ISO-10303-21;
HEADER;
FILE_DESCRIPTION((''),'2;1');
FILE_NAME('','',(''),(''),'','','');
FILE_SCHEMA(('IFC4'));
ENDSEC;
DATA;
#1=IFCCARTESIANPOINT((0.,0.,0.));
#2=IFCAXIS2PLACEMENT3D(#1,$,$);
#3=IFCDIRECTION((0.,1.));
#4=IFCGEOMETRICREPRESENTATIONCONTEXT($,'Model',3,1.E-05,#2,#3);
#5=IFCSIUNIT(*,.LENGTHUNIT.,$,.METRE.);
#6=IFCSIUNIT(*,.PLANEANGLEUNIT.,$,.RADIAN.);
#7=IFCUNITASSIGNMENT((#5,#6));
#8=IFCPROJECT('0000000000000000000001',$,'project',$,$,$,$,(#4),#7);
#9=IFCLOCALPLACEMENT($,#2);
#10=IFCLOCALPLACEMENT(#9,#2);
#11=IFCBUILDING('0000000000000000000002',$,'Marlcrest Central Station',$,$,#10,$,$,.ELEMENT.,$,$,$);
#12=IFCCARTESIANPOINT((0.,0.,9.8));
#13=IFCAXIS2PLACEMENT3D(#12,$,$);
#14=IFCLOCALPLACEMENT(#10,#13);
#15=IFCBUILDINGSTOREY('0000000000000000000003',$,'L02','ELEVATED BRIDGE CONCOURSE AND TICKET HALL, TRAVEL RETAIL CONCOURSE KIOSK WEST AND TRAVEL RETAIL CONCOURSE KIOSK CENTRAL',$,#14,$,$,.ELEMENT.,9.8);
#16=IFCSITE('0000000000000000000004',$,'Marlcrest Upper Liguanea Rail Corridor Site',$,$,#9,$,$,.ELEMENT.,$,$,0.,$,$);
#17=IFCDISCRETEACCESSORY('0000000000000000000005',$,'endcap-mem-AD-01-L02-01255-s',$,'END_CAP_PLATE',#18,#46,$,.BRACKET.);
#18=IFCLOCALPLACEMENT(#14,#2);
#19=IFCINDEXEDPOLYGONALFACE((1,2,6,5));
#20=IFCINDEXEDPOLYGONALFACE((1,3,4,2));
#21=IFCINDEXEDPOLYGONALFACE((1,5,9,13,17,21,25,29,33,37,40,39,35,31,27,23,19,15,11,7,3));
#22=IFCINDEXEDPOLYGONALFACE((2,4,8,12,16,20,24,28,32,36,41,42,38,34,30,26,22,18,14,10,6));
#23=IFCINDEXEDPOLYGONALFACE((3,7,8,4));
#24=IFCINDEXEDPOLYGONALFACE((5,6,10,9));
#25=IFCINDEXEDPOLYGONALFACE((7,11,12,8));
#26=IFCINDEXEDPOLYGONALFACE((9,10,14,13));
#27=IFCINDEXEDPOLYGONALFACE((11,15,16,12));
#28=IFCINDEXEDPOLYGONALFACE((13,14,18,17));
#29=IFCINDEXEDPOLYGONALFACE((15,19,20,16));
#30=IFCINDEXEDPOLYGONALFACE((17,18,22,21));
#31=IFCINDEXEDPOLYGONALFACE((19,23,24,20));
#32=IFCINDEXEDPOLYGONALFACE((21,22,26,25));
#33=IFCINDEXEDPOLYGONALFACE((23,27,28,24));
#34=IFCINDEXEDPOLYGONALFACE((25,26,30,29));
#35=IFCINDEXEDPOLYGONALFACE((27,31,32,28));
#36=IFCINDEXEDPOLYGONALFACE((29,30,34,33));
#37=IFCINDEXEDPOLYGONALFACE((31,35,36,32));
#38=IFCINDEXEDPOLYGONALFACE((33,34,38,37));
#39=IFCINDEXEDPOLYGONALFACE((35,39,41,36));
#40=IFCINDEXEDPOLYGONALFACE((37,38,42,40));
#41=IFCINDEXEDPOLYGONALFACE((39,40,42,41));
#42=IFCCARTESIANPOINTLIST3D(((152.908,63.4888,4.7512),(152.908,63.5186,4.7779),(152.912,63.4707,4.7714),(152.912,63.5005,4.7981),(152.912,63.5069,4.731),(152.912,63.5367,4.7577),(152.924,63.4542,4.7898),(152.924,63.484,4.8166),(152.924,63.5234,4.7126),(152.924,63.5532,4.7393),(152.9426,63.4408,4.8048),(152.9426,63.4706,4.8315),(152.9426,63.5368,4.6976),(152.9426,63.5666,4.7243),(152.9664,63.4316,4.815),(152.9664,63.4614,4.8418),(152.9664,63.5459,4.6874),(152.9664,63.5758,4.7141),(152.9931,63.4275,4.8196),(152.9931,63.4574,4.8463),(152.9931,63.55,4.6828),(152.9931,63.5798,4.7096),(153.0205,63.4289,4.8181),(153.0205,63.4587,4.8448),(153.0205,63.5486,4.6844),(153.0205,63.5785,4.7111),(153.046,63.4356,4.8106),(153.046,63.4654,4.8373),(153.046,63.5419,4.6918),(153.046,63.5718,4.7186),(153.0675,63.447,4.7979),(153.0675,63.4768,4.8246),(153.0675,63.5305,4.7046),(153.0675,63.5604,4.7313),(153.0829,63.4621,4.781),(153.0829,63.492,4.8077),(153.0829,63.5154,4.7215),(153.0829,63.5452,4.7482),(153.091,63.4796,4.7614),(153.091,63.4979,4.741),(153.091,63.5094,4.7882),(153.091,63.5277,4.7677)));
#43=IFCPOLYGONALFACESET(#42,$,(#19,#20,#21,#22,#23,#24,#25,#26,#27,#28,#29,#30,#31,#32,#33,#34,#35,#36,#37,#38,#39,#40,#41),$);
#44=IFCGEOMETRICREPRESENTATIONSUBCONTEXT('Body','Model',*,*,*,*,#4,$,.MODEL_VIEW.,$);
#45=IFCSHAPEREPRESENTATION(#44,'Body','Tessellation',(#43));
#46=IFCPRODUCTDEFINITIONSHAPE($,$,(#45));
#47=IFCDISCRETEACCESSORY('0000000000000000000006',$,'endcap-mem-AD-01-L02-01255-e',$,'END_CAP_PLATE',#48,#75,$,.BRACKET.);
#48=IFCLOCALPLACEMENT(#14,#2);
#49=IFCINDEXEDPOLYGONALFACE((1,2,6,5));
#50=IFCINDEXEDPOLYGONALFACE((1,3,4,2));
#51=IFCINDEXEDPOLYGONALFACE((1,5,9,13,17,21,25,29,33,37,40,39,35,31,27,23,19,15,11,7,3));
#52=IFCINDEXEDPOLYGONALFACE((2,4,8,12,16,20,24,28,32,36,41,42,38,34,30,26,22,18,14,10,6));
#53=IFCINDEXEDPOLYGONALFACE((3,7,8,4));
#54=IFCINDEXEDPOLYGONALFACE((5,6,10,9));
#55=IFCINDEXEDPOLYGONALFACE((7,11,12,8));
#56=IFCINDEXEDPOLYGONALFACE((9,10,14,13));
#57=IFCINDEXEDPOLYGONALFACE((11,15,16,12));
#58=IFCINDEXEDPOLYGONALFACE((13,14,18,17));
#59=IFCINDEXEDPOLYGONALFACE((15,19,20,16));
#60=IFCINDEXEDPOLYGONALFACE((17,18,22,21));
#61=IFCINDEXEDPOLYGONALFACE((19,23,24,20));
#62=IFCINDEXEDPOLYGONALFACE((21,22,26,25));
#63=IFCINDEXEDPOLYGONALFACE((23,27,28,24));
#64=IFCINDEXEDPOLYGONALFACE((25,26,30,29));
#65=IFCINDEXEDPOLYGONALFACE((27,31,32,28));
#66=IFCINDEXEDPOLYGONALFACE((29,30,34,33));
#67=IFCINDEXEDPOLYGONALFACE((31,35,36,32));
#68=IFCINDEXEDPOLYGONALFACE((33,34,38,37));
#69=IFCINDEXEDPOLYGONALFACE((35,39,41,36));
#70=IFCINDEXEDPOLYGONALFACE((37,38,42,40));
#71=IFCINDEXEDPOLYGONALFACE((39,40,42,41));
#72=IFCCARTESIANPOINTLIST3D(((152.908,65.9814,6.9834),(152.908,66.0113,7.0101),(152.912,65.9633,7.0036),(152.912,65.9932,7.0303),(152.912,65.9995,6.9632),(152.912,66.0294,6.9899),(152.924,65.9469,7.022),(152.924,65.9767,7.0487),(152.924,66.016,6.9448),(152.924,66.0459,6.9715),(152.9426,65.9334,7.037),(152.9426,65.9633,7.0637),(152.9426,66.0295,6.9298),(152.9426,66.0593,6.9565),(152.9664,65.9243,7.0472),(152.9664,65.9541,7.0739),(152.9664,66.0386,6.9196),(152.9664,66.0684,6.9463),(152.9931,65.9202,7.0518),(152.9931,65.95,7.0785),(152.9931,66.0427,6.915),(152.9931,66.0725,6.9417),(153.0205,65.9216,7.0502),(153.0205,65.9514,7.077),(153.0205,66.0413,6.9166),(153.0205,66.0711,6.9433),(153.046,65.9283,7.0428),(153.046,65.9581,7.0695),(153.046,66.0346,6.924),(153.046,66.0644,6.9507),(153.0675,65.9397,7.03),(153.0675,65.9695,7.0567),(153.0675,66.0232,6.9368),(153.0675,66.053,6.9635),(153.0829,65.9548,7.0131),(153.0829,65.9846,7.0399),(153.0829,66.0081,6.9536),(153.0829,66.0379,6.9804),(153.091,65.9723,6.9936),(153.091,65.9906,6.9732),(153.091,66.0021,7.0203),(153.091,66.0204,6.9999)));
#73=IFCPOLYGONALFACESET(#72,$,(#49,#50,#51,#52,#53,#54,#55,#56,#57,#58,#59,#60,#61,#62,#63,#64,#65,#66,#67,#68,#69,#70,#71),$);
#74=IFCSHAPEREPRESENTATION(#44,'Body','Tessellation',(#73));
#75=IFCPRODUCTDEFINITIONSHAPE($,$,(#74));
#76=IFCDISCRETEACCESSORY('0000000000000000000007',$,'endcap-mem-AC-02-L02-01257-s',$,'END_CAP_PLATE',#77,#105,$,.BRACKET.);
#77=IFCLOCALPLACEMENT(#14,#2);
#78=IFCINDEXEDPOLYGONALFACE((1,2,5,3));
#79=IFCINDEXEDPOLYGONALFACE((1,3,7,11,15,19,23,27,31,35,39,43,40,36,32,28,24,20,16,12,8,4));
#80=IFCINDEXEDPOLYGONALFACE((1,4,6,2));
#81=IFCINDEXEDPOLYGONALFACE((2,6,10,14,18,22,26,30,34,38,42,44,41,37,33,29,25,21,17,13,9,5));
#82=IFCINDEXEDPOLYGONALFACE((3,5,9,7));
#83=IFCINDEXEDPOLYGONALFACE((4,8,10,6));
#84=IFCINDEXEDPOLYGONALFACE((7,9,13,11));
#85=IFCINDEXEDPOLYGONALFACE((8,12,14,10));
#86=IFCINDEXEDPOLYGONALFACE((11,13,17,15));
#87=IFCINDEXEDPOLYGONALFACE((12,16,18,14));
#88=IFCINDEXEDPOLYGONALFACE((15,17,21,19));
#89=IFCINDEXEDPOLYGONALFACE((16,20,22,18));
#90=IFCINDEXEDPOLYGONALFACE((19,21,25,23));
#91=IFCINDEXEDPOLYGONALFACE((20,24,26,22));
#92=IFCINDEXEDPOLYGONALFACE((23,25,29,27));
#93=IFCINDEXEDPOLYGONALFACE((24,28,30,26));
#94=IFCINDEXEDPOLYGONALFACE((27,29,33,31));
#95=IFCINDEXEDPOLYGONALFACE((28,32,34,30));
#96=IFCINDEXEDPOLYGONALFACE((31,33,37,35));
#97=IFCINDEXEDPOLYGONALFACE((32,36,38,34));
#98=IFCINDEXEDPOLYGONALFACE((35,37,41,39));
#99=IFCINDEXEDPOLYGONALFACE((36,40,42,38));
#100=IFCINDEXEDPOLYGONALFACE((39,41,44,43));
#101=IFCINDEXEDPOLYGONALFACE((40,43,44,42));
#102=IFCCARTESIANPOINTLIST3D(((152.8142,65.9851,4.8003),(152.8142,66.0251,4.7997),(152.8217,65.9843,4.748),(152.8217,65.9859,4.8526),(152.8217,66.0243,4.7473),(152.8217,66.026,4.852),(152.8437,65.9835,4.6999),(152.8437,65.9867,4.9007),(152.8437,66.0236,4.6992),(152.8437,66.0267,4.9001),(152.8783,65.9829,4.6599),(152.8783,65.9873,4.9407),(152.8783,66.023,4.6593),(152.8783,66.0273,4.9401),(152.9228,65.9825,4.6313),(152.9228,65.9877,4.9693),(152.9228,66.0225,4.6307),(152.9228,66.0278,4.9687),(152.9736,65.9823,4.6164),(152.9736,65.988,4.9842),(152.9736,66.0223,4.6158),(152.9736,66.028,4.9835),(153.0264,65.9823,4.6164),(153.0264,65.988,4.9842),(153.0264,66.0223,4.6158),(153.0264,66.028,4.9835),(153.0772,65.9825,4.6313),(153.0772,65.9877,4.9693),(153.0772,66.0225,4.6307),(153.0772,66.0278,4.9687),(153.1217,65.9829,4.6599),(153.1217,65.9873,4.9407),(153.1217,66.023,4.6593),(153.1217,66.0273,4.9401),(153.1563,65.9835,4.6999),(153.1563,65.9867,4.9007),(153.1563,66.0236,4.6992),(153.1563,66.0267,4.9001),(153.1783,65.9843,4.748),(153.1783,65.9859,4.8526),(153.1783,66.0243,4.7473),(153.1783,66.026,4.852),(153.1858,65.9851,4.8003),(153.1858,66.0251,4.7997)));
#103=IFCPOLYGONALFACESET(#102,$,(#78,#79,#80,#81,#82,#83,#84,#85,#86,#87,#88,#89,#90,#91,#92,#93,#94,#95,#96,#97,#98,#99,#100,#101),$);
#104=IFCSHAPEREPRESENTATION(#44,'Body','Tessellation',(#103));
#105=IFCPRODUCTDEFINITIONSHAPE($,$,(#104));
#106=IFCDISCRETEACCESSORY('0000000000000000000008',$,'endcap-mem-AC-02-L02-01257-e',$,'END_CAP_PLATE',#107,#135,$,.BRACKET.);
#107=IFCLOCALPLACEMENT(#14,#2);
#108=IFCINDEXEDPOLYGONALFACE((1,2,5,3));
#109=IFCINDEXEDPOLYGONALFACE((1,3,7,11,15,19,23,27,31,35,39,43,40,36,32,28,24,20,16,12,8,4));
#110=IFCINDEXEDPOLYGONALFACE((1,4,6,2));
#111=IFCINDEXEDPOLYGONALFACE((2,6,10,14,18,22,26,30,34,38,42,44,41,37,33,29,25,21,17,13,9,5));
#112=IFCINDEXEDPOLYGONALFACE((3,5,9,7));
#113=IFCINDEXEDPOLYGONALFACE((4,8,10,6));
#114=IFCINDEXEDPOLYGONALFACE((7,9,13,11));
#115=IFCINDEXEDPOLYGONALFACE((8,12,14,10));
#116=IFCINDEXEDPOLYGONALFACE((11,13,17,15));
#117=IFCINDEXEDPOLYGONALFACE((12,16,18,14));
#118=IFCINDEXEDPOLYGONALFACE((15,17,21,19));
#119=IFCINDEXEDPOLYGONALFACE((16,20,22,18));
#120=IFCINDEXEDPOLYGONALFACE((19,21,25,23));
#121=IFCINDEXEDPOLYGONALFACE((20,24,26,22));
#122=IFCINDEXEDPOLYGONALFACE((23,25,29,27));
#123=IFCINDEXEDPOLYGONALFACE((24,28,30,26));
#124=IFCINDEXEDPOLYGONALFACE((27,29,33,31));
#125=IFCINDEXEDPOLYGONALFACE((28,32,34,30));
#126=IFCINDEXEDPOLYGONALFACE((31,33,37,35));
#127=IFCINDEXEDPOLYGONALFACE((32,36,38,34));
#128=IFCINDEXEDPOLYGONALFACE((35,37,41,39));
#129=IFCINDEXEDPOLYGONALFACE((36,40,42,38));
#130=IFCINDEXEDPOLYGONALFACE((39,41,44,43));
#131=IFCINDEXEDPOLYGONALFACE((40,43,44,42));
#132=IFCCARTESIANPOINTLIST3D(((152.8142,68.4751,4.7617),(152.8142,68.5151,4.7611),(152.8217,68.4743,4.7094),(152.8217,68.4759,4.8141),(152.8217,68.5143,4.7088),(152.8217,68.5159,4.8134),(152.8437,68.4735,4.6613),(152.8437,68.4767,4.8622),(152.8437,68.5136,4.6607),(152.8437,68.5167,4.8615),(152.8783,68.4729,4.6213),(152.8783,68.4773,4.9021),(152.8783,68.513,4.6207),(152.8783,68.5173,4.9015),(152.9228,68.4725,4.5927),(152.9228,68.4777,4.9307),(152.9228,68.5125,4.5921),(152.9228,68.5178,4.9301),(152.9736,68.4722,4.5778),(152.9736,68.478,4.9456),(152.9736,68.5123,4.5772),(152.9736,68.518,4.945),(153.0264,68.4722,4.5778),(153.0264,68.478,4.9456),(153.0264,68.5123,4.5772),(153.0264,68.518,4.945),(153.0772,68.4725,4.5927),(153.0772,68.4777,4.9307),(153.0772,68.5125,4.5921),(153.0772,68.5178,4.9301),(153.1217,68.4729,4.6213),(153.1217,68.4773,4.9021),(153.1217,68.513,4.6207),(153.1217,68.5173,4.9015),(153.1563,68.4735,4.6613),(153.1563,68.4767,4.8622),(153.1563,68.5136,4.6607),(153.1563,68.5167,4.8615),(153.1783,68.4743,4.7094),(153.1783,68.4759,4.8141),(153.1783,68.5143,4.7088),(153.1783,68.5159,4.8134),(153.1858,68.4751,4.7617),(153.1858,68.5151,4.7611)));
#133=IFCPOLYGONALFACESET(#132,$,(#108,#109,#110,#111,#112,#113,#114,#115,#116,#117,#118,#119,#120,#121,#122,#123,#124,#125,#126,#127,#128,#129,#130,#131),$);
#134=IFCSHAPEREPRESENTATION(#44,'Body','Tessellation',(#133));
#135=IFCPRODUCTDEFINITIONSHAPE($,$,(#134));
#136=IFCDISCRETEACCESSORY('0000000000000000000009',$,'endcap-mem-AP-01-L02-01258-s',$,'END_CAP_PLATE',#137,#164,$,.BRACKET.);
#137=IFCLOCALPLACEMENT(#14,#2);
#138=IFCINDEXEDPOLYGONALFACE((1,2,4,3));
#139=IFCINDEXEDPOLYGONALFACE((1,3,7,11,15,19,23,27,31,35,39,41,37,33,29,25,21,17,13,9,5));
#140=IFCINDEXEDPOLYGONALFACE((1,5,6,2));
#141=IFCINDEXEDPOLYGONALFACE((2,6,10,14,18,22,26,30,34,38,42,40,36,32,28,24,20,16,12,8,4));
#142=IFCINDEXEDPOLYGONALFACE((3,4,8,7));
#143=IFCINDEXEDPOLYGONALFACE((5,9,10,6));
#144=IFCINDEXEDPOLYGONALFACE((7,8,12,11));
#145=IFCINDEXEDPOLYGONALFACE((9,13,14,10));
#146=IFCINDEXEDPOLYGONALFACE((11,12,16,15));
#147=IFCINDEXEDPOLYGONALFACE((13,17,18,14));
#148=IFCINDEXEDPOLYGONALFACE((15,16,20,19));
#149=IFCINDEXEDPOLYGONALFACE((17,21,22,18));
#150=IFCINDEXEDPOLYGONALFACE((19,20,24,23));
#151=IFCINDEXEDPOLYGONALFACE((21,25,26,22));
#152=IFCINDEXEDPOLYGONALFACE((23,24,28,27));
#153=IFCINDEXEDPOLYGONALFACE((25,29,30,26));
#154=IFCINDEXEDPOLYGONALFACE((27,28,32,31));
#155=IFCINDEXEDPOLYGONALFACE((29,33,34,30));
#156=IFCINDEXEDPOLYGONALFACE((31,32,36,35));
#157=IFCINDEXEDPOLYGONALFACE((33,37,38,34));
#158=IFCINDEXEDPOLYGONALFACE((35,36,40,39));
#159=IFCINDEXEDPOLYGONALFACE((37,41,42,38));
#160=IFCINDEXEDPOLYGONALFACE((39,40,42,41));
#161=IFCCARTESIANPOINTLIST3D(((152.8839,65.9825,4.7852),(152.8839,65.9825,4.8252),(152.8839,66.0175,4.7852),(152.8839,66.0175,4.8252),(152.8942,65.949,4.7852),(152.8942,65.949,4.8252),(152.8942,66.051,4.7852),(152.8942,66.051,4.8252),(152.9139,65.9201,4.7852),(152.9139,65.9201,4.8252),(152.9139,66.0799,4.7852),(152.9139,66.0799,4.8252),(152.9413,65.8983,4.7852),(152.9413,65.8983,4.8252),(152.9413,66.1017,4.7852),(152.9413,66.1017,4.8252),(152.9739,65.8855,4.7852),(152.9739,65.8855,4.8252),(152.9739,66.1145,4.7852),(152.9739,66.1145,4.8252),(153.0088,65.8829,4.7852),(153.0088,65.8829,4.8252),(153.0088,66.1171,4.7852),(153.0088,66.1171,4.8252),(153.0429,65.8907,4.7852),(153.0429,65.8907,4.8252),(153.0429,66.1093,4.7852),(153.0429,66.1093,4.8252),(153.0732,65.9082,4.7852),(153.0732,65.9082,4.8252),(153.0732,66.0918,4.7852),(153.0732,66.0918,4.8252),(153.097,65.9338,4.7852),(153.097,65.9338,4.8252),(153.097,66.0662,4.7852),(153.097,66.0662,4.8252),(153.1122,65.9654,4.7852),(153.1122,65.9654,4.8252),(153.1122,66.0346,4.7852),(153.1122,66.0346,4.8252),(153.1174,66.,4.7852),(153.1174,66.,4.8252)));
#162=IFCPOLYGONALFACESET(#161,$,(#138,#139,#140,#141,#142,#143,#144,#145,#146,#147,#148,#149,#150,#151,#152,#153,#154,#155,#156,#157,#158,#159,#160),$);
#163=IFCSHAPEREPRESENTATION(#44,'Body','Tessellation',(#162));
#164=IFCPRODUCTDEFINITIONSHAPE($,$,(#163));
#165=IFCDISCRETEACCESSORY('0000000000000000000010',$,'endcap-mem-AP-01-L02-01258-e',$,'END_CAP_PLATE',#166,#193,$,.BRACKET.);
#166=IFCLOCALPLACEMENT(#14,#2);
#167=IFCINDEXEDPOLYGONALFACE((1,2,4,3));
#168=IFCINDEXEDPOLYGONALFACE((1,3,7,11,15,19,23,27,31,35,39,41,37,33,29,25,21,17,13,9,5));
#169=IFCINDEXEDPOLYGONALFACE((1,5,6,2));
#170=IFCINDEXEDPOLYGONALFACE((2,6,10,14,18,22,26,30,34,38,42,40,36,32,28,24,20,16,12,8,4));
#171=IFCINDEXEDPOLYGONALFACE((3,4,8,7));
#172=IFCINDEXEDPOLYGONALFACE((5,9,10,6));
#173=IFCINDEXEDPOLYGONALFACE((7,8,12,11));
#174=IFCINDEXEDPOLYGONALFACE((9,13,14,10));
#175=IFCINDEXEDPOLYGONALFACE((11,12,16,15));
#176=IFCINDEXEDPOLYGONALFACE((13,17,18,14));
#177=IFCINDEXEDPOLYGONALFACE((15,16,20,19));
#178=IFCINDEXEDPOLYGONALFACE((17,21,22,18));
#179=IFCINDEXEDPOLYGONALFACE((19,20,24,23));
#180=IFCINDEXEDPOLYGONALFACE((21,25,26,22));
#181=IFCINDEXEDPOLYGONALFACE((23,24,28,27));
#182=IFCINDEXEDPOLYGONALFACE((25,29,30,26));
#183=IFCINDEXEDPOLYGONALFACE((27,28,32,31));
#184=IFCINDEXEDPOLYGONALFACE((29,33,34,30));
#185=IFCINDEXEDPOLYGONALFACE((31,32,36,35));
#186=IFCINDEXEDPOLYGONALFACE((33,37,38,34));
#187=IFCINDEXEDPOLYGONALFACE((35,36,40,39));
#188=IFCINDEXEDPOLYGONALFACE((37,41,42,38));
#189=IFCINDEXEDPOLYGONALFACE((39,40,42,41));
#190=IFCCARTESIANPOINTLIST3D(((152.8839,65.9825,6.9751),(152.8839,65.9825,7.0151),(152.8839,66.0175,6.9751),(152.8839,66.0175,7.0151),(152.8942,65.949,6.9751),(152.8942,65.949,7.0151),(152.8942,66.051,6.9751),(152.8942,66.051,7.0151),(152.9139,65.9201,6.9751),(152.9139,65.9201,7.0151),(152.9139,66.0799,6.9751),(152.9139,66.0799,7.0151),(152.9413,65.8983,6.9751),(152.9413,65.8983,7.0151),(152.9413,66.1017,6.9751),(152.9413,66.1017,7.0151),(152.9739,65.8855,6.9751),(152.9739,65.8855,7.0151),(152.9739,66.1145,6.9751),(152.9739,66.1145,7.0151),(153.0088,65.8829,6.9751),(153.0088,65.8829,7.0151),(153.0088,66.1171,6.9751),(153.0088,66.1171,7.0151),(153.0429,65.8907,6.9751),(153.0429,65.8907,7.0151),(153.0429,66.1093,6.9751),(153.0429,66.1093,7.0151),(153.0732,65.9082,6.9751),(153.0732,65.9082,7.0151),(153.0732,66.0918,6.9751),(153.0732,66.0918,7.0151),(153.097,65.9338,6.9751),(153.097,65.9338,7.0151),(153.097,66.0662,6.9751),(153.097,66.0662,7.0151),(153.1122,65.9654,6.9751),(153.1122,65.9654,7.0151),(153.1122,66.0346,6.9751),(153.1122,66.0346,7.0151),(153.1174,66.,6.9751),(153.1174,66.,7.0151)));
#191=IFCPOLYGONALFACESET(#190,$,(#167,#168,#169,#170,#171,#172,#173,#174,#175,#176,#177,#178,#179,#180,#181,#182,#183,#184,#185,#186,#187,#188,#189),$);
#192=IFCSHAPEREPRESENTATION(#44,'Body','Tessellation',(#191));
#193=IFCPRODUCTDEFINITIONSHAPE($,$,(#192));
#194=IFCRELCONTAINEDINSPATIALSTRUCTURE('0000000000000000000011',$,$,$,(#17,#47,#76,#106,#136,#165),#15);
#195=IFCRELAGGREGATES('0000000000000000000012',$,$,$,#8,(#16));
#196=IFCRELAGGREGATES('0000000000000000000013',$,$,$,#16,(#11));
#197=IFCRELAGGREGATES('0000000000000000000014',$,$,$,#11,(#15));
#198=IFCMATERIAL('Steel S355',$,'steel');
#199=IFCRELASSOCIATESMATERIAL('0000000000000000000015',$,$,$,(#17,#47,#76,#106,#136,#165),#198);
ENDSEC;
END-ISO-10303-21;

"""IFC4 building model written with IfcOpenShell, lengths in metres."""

from ifc_helpers import new_model, si_unit, direction, frame, origin, origin_2d, place, context, subcontext, project, spatial, circle, extrude, material, element, save


model = new_model("IFC4")

# Units and contexts
model_context = context("Model", 3, precision=1e-05, world=origin(), true_north=direction((0.0, 1.0)))
body_context = subcontext(model_context, "Body", "Model", "MODEL_VIEW")
ifc_project = project(units=[si_unit("LENGTHUNIT", "METRE"), si_unit("PLANEANGLEUNIT", "RADIAN")], contexts=[model_context])

# Site, building, storey
site_placement = place(None, origin())
site = spatial("IfcSite", under=ifc_project, at=site_placement, Name="Marlcrest Upper Liguanea Rail Corridor Site", CompositionType="ELEMENT", RefElevation=0.0)
building_placement = place(site_placement, origin())
building = spatial("IfcBuilding", under=site, at=building_placement, Name="Marlcrest Central Station", CompositionType="ELEMENT")
storey_placement = place(building_placement, frame((0.0, 0.0, 9.8)))
storey = spatial("IfcBuildingStorey", under=building, at=storey_placement, Name="L02", Description="ELEVATED BRIDGE CONCOURSE AND TICKET HALL, TRAVEL RETAIL CONCOURSE KIOSK WEST AND TRAVEL RETAIL CONCOURSE KIOSK CENTRAL", CompositionType="ELEMENT", Elevation=9.8)

# Shared definitions
ifc_material = material(Name="Steel S355", Category="steel")

# Discrete accessories
for number, where, z_axis, x_axis, name in (
    (1, (153.0, 63.4888, 4.7512), (0.0, 0.744956, 0.667114), (-1.0, 0.0, 0.0), "endcap-mem-AD-01-L02-01255-s"),
    (2, (153.0, 65.9814, 6.9834), (0.0, 0.744956, 0.667114), (-1.0, 0.0, 0.0), "endcap-mem-AD-01-L02-01255-e"),
):
    element("IfcDiscreteAccessory", number, at=place(storey_placement, frame(where, z_axis=z_axis, x_axis=x_axis)), inside=storey, material=ifc_material, Name=name, ObjectType="END_CAP_PLATE", PredefinedType="BRACKET", context=body_context, shape_type="SweptSolid", body=[
        extrude(circle(Radius=0.092, at=origin_2d()), origin(), (0.0, 0.0, 1.0), 0.04),
    ])
for number, where, z_axis, x_axis, name in (
    (3, (153.0, 65.9851, 4.8003), (0.0, 0.999879, -0.015525), (-1.0, 0.0, 0.0), "endcap-mem-AC-02-L02-01257-s"),
    (4, (153.0, 68.4751, 4.7617), (0.0, 0.999879, -0.015525), (-1.0, 0.0, 0.0), "endcap-mem-AC-02-L02-01257-e"),
):
    element("IfcDiscreteAccessory", number, at=place(storey_placement, frame(where, z_axis=z_axis, x_axis=x_axis)), inside=storey, material=ifc_material, Name=name, ObjectType="END_CAP_PLATE", PredefinedType="BRACKET", context=body_context, shape_type="SweptSolid", body=[
        extrude(circle(Radius=0.1858, at=origin_2d()), origin(), (0.0, 0.0, 1.0), 0.04),
    ])
for number, where, z_axis, x_axis, name in (
    (5, (153.0, 66.0, 4.7852), (0.0, 0.0, 1.0), (1.0, 0.0, 0.0), "endcap-mem-AP-01-L02-01258-s"),
    (6, (153.0, 66.0, 6.9751), (0.0, 0.0, 1.0), (1.0, 0.0, 0.0), "endcap-mem-AP-01-L02-01258-e"),
):
    element("IfcDiscreteAccessory", number, at=place(storey_placement, frame(where, z_axis=z_axis, x_axis=x_axis)), inside=storey, material=ifc_material, Name=name, ObjectType="END_CAP_PLATE", PredefinedType="BRACKET", context=body_context, shape_type="SweptSolid", body=[
        extrude(circle(Radius=0.1174, at=origin_2d()), origin(), (0.0, 0.0, 1.0), 0.04),
    ])

save(model, "model.ifc")
